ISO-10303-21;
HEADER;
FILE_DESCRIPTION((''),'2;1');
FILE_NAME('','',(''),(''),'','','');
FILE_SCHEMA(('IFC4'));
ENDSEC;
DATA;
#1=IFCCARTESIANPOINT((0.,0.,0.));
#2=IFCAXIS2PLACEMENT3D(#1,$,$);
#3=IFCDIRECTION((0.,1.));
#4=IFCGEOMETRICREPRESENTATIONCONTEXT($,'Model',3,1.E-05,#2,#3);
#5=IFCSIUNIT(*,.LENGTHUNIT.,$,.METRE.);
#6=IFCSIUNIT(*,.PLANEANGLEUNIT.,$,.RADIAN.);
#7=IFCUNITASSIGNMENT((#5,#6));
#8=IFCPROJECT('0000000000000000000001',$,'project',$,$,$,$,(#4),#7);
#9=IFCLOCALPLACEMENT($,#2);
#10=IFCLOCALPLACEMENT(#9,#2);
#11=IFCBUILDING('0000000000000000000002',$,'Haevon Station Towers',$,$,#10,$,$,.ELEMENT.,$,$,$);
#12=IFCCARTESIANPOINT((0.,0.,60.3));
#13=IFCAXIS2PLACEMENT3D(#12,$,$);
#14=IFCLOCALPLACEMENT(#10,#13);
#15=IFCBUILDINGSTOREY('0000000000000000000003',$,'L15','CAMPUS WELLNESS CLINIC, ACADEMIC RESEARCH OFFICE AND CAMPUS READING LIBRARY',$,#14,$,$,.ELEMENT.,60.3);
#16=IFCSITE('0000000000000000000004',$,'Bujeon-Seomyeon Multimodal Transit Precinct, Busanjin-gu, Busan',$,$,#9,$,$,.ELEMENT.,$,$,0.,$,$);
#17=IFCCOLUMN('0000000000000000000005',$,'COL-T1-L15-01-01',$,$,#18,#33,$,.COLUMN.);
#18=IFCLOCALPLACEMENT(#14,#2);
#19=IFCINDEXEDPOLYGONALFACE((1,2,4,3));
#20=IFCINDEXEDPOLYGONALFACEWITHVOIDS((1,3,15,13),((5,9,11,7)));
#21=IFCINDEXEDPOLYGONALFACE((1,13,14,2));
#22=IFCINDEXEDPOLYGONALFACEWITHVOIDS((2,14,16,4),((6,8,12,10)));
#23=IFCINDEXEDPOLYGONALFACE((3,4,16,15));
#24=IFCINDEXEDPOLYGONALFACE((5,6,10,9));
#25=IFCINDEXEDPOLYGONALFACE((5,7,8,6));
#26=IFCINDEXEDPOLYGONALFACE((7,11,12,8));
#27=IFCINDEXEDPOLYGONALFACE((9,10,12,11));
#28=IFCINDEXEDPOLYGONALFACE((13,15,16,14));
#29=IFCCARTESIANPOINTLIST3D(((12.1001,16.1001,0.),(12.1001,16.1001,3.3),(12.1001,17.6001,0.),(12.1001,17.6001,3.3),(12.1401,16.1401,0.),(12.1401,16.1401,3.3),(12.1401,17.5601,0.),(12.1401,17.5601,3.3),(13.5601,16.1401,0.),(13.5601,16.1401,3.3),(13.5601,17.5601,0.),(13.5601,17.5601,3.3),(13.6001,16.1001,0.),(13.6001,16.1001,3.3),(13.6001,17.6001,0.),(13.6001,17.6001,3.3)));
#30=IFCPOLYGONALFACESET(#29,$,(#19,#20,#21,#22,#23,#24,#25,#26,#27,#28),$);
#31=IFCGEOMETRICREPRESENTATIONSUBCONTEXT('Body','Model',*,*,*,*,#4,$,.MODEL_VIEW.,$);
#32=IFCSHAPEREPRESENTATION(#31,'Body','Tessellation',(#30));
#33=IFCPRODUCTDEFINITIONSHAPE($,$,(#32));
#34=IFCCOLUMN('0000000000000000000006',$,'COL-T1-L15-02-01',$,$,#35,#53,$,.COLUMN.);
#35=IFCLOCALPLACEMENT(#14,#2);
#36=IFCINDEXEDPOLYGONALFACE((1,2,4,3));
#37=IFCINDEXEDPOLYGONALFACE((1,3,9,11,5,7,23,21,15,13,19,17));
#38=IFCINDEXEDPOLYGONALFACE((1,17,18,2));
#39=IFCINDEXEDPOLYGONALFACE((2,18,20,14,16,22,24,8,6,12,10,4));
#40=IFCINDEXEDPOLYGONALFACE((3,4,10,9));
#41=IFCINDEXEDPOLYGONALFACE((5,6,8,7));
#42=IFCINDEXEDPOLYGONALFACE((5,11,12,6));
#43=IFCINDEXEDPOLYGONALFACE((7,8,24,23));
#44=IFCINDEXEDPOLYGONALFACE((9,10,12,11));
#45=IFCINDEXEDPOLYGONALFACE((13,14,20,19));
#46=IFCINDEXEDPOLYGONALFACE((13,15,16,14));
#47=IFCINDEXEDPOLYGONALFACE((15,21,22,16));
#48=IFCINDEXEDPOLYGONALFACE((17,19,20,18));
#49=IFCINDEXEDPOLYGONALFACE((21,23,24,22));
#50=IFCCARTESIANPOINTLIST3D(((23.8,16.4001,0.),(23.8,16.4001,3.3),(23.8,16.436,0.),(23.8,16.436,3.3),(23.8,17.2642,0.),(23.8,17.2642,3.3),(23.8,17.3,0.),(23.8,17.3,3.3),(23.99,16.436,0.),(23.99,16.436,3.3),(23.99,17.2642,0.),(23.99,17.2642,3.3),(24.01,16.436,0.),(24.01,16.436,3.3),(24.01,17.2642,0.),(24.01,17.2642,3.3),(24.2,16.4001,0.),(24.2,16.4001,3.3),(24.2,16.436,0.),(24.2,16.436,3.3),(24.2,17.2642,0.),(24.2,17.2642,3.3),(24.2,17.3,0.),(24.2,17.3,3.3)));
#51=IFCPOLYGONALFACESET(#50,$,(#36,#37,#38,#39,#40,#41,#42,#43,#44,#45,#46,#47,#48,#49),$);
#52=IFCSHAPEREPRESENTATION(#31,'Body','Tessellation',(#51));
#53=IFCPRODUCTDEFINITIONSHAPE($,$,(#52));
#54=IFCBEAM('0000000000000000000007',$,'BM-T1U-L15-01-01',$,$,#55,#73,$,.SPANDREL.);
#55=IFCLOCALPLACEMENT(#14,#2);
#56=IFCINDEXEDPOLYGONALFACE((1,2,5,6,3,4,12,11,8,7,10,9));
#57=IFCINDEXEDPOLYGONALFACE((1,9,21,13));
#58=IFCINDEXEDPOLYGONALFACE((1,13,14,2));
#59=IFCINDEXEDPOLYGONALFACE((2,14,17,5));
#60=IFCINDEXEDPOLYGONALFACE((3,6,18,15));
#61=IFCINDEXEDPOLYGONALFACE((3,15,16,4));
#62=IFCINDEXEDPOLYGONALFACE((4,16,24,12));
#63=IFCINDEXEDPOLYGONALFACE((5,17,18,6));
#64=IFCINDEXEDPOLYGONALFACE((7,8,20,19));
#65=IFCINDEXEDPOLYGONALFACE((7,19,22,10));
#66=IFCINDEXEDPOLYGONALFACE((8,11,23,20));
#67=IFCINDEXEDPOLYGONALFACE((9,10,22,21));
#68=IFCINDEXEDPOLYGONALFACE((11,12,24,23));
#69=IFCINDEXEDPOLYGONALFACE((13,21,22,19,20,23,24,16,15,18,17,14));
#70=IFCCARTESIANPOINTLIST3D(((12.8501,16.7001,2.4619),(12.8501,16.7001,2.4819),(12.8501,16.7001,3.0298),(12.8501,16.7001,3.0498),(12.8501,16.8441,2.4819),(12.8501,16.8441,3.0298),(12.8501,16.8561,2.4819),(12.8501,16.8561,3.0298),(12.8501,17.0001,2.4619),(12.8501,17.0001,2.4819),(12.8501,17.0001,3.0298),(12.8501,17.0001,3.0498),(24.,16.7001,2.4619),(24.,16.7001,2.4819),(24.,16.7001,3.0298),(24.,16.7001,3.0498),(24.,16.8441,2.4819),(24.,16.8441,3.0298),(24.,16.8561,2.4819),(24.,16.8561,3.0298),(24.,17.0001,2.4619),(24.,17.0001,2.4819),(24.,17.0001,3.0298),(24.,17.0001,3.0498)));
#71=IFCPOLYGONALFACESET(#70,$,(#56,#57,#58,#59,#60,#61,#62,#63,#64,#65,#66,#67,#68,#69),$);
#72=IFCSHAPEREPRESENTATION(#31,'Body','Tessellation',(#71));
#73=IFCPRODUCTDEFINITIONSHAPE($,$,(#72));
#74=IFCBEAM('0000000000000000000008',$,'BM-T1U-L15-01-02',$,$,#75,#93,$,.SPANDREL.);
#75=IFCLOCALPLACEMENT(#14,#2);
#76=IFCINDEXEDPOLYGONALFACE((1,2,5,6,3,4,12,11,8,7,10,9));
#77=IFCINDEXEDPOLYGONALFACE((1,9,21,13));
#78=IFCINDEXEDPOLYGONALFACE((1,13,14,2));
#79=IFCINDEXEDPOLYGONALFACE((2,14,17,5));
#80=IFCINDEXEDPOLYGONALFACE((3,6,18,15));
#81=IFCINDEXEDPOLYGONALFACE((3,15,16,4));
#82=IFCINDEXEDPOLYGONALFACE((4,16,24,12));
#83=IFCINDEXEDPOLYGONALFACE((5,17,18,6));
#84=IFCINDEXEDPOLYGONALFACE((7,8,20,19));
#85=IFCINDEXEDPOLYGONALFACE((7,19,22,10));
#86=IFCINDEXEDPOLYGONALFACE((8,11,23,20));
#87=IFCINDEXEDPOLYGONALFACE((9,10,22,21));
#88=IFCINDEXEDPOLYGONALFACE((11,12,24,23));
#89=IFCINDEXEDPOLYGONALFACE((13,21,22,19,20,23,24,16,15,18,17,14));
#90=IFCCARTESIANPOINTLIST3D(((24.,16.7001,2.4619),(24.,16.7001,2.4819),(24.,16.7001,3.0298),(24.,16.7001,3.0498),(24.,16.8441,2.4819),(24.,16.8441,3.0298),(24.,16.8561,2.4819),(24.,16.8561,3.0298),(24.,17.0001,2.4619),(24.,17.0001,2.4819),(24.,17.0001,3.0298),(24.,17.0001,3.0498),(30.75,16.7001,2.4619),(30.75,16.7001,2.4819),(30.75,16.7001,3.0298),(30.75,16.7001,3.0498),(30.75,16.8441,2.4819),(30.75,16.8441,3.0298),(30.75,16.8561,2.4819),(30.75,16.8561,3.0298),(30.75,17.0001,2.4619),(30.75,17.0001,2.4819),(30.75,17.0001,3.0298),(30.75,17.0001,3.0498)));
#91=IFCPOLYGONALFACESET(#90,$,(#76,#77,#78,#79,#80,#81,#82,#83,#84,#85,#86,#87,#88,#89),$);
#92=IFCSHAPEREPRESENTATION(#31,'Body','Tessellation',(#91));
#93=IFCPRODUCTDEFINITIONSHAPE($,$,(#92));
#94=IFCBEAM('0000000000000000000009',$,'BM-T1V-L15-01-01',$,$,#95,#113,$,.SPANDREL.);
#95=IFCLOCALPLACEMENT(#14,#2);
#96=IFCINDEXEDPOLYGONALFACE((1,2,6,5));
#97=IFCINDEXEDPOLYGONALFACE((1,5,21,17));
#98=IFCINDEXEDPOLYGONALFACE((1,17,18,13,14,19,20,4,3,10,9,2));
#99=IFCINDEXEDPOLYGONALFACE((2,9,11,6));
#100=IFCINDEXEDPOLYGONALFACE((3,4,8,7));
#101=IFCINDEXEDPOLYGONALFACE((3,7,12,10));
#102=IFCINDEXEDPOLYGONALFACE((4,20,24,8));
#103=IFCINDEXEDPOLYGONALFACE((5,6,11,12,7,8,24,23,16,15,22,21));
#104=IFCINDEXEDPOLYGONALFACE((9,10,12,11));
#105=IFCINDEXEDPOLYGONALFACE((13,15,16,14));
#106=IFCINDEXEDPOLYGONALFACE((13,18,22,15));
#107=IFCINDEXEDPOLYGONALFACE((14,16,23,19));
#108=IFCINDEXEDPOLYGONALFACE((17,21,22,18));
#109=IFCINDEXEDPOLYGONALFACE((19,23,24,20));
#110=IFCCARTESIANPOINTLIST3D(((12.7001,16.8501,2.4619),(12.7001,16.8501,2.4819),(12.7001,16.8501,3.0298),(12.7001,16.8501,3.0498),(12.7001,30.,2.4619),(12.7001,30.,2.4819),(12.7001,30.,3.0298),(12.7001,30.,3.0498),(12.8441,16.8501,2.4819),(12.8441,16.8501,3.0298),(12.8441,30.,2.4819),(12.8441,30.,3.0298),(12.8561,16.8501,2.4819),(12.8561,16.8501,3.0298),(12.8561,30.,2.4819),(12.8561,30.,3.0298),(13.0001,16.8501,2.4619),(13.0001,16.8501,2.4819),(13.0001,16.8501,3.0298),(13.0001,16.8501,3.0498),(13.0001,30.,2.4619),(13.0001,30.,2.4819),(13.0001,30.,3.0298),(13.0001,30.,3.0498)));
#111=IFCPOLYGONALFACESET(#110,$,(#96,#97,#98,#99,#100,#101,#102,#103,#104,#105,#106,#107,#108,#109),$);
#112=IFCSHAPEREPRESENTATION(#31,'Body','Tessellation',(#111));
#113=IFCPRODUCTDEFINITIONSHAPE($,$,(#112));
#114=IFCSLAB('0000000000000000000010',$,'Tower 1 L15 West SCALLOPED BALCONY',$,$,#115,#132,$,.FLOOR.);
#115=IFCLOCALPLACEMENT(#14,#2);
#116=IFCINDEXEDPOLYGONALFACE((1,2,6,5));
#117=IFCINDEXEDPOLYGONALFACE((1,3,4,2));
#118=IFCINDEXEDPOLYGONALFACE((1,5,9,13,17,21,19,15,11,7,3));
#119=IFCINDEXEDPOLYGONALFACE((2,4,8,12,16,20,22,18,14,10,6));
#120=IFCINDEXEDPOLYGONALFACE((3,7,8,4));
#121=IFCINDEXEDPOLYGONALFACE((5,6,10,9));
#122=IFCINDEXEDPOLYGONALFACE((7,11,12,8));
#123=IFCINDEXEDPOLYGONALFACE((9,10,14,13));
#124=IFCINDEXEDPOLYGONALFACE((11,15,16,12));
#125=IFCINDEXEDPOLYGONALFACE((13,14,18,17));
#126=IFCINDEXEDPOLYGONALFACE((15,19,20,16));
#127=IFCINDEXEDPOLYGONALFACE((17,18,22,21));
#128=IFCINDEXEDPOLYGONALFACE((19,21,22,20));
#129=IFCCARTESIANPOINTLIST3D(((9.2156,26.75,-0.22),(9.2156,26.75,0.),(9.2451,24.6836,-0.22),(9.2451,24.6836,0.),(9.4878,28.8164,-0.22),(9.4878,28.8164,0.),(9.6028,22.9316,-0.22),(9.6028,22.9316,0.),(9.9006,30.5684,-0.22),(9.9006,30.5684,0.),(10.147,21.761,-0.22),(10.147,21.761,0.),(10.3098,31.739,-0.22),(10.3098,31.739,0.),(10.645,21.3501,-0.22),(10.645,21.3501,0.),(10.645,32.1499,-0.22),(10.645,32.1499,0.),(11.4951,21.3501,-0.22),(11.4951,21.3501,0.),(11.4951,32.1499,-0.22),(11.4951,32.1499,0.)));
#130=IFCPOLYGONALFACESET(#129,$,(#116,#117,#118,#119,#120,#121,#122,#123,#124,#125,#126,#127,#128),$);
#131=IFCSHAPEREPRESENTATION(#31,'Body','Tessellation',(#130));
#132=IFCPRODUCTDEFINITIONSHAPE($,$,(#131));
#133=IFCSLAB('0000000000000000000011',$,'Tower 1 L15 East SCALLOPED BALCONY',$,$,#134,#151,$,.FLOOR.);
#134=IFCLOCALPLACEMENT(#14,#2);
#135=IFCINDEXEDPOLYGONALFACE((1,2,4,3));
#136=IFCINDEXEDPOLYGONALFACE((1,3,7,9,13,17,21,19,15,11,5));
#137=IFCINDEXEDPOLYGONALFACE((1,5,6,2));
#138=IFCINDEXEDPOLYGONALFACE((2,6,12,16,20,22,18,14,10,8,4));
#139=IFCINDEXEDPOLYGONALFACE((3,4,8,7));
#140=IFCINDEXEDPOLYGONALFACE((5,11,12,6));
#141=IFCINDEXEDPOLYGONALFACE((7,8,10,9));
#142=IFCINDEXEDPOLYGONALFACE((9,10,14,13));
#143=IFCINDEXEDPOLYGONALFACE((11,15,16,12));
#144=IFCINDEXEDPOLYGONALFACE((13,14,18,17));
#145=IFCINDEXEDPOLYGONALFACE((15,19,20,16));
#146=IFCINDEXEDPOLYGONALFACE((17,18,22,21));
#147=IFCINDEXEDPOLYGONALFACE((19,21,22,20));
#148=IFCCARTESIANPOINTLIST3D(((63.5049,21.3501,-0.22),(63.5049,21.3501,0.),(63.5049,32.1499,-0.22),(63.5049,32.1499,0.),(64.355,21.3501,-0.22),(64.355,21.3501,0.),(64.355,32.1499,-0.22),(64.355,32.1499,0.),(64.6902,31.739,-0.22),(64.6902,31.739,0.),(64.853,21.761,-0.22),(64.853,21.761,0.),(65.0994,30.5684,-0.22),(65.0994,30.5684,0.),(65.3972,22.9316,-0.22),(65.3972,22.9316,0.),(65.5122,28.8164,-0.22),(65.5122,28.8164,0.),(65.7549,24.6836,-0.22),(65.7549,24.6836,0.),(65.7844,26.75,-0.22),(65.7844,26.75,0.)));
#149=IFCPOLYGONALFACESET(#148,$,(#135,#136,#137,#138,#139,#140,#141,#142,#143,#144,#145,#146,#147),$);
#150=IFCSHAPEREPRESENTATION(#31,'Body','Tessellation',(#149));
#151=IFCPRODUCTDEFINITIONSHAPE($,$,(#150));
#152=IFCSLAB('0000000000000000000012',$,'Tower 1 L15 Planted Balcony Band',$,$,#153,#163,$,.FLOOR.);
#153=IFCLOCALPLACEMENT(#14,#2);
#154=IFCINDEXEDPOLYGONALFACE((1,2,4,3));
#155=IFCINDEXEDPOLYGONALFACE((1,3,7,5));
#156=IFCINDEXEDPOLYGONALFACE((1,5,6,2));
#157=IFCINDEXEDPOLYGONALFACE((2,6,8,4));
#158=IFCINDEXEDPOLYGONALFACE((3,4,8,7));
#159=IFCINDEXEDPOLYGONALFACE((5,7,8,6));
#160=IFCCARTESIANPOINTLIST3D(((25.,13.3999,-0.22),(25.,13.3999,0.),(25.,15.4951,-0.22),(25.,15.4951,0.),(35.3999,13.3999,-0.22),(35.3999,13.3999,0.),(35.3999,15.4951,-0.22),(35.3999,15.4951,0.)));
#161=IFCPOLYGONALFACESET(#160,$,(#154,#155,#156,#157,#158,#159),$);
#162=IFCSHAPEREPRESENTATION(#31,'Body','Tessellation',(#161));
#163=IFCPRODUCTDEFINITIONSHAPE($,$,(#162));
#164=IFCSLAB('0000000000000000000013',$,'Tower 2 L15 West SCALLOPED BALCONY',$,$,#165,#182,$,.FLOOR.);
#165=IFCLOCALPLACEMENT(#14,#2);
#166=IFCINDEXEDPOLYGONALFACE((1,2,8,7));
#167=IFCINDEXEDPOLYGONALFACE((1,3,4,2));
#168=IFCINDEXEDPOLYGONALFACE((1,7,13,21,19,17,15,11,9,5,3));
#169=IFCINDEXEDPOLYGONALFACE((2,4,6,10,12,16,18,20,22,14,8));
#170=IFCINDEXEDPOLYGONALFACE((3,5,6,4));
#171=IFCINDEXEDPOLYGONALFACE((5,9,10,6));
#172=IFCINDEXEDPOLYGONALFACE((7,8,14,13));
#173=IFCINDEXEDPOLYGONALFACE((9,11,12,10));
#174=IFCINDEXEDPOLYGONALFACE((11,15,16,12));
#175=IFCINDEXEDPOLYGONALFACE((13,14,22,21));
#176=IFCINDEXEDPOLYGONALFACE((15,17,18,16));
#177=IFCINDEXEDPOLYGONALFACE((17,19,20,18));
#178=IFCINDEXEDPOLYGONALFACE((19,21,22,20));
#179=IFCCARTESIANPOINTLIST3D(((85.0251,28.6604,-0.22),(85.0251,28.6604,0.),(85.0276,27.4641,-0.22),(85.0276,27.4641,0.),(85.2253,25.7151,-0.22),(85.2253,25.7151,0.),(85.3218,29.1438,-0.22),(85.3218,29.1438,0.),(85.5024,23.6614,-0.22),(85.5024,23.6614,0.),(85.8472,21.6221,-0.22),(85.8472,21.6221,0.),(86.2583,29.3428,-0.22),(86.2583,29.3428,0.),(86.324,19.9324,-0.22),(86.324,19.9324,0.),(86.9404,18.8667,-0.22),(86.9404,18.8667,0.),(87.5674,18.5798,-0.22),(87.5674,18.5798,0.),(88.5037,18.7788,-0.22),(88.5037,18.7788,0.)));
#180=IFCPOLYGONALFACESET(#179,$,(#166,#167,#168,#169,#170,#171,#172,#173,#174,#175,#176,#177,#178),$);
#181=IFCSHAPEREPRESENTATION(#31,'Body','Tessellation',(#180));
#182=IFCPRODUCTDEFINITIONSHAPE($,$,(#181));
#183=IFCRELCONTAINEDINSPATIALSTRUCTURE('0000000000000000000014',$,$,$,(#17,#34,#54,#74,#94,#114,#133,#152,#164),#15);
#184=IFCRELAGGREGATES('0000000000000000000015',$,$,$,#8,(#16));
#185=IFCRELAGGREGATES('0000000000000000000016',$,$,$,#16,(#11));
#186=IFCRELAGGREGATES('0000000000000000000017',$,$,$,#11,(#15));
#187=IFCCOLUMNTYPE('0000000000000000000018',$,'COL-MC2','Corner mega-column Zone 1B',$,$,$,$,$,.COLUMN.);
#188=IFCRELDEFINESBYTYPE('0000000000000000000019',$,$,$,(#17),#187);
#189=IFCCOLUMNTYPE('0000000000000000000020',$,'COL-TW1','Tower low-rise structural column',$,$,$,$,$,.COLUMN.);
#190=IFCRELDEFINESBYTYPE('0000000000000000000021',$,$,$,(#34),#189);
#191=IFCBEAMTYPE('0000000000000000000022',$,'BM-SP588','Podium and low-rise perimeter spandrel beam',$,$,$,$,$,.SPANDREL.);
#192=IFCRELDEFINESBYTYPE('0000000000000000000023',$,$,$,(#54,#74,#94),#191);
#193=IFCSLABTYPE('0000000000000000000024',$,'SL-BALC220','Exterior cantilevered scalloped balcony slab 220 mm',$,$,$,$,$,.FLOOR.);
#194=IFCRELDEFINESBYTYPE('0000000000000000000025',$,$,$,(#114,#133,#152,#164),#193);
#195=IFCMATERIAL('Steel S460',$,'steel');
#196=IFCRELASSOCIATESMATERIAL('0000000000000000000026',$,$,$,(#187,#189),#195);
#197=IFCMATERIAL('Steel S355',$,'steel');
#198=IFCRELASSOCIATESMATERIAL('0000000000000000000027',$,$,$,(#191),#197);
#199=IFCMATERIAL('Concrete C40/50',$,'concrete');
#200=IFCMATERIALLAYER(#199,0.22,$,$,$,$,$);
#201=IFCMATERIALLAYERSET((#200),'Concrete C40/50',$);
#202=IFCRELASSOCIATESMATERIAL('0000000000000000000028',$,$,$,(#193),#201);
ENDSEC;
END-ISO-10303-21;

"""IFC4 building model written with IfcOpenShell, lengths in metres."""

from ifc_helpers import new_model, si_unit, direction, frame, origin, origin_2d, place, context, subcontext, project, spatial, polyline, hollow_rectangle, i_section, outline, extrude, material, layer, layer_set, material_profile, profile_set, type_object, element, save


model = new_model("IFC4")

# Units and contexts
model_context = context("Model", 3, precision=1e-05, world=origin(), true_north=direction((0.0, 1.0)))
body_context = subcontext(model_context, "Body", "Model", "MODEL_VIEW")
ifc_project = project(units=[si_unit("LENGTHUNIT", "METRE"), si_unit("PLANEANGLEUNIT", "RADIAN")], contexts=[model_context])

# Site, building, storey
site_placement = place(None, origin())
site = spatial("IfcSite", under=ifc_project, at=site_placement, Name="Bujeon-Seomyeon Multimodal Transit Precinct, Busanjin-gu, Busan", CompositionType="ELEMENT", RefElevation=0.0)
building_placement = place(site_placement, origin())
building = spatial("IfcBuilding", under=site, at=building_placement, Name="Haevon Station Towers", CompositionType="ELEMENT")
storey_placement = place(building_placement, frame((0.0, 0.0, 60.3)))
storey = spatial("IfcBuildingStorey", under=building, at=storey_placement, Name="L15", Description="CAMPUS WELLNESS CLINIC, ACADEMIC RESEARCH OFFICE AND CAMPUS READING LIBRARY", CompositionType="ELEMENT", Elevation=60.3)

# Columns
ifc_material_1 = material(Name="Steel S460", Category="steel")
ifc_material_profile_1 = material_profile(ifc_material_1, hollow_rectangle(XDim=1.5, YDim=1.5, WallThickness=0.04, at=origin_2d()), Name="BOX-1500x1500x40")
ifc_profile_set_1 = profile_set([ifc_material_profile_1], Name="Steel S460")
column_type_1 = type_object("IfcColumnType", Name="COL-MC2", Description="Corner mega-column Zone 1B", PredefinedType="COLUMN", material=ifc_profile_set_1)
column_1_placement = place(storey_placement, frame((12.8501, 16.8501, 0.0), z_axis=(0.0, 0.0, 1.0), x_axis=(1.0, 0.0, 0.0)))
element("IfcColumn", 1, at=column_1_placement, inside=storey, type_object=column_type_1, Name="COL-T1-L15-01-01", PredefinedType="COLUMN", context=body_context, shape_type="SweptSolid", body=[
    extrude(hollow_rectangle(XDim=1.5, YDim=1.5, WallThickness=0.04, at=origin_2d()), origin(), (0.0, 0.0, 1.0), 3.3),
])
ifc_material_profile_2 = material_profile(ifc_material_1, i_section(OverallWidth=0.3999, OverallDepth=0.8999, WebThickness=0.02, FlangeThickness=0.0359, at=origin_2d()), Name="H-900x400x20x36")
ifc_profile_set_2 = profile_set([ifc_material_profile_2], Name="Steel S460")
column_type_2 = type_object("IfcColumnType", Name="COL-TW1", Description="Tower low-rise structural column", PredefinedType="COLUMN", material=ifc_profile_set_2)
column_2_placement = place(storey_placement, frame((24.0, 16.8501, 0.0), z_axis=(0.0, 0.0, 1.0), x_axis=(1.0, 0.0, 0.0)))
element("IfcColumn", 2, at=column_2_placement, inside=storey, type_object=column_type_2, Name="COL-T1-L15-02-01", PredefinedType="COLUMN", context=body_context, shape_type="SweptSolid", body=[
    extrude(i_section(OverallWidth=0.3999, OverallDepth=0.8999, WebThickness=0.02, FlangeThickness=0.0359, at=origin_2d()), origin(), (0.0, 0.0, 1.0), 3.3),
])

# Beams
ifc_material_2 = material(Name="Steel S355", Category="steel")
ifc_material_profile_3 = material_profile(ifc_material_2, i_section(OverallWidth=0.3, OverallDepth=0.5879, WebThickness=0.012, FlangeThickness=0.02, at=origin_2d()), Name="H-588x300x12x20")
ifc_profile_set_3 = profile_set([ifc_material_profile_3], Name="Steel S355")
beam_type = type_object("IfcBeamType", Name="BM-SP588", Description="Podium and low-rise perimeter spandrel beam", PredefinedType="SPANDREL", material=ifc_profile_set_3)
beam_1_placement = place(storey_placement, frame((12.8501, 16.8501, 2.7559), z_axis=(1.0, 0.0, 0.0), x_axis=(0.0, 1.0, 0.0)))
element("IfcBeam", 3, at=beam_1_placement, inside=storey, type_object=beam_type, Name="BM-T1U-L15-01-01", PredefinedType="SPANDREL", context=body_context, shape_type="SweptSolid", body=[
    extrude(i_section(OverallWidth=0.3, OverallDepth=0.5879, WebThickness=0.012, FlangeThickness=0.02, at=origin_2d()), origin(), (0.0, 0.0, 1.0), 11.1499),
])
beam_2_placement = place(storey_placement, frame((24.0, 16.8501, 2.7559), z_axis=(1.0, 0.0, 0.0), x_axis=(0.0, 1.0, 0.0)))
element("IfcBeam", 4, at=beam_2_placement, inside=storey, type_object=beam_type, Name="BM-T1U-L15-01-02", PredefinedType="SPANDREL", context=body_context, shape_type="SweptSolid", body=[
    extrude(i_section(OverallWidth=0.3, OverallDepth=0.5879, WebThickness=0.012, FlangeThickness=0.02, at=origin_2d()), origin(), (0.0, 0.0, 1.0), 6.75),
])
beam_3_placement = place(storey_placement, frame((12.8501, 16.8501, 2.7559), z_axis=(0.0, 1.0, 0.0), x_axis=(-1.0, 0.0, 0.0)))
element("IfcBeam", 5, at=beam_3_placement, inside=storey, type_object=beam_type, Name="BM-T1V-L15-01-01", PredefinedType="SPANDREL", context=body_context, shape_type="SweptSolid", body=[
    extrude(i_section(OverallWidth=0.3, OverallDepth=0.5879, WebThickness=0.012, FlangeThickness=0.02, at=origin_2d()), origin(), (0.0, 0.0, 1.0), 13.1499),
])

# Slabs
ifc_material_3 = material(Name="Concrete C40/50", Category="concrete")
ifc_layer_1 = layer(ifc_material_3, 0.22)
ifc_layer_set_1 = layer_set([ifc_layer_1], Name="Concrete C40/50")
slab_type_1 = type_object("IfcSlabType", Name="SL-BALC220", Description="Exterior cantilevered scalloped balcony slab 220 mm", PredefinedType="FLOOR", material=ifc_layer_set_1)
slab_1_placement = place(storey_placement, frame((0.0, 0.0, -0.22)))
element("IfcSlab", 6, at=slab_1_placement, inside=storey, type_object=slab_type_1, Name="Tower 1 L15 West SCALLOPED BALCONY", PredefinedType="FLOOR", context=body_context, shape_type="SweptSolid", body=[
    extrude(outline(polyline([(11.4951, 32.1499), (10.645, 32.1499), (10.3098, 31.739), (9.9006, 30.5684), (9.4878, 28.8164), (9.2156, 26.75), (9.2451, 24.6836), (9.6028, 22.9316), (10.147, 21.761), (10.645, 21.3501), (11.4951, 21.3501), (11.4951, 32.1499)])), origin(), (0.0, 0.0, 1.0), 0.22),
])
slab_2_placement = place(storey_placement, frame((0.0, 0.0, -0.22)))
element("IfcSlab", 7, at=slab_2_placement, inside=storey, type_object=slab_type_1, Name="Tower 1 L15 East SCALLOPED BALCONY", PredefinedType="FLOOR", context=body_context, shape_type="SweptSolid", body=[
    extrude(outline(polyline([(63.5049, 21.3501), (64.355, 21.3501), (64.853, 21.761), (65.3972, 22.9316), (65.7549, 24.6836), (65.7844, 26.75), (65.5122, 28.8164), (65.0994, 30.5684), (64.6902, 31.739), (64.355, 32.1499), (63.5049, 32.1499), (63.5049, 21.3501)])), origin(), (0.0, 0.0, 1.0), 0.22),
])
slab_3_placement = place(storey_placement, frame((0.0, 0.0, -0.22)))
element("IfcSlab", 8, at=slab_3_placement, inside=storey, type_object=slab_type_1, Name="Tower 1 L15 Planted Balcony Band", PredefinedType="FLOOR", context=body_context, shape_type="SweptSolid", body=[
    extrude(outline(polyline([(25.0, 13.3999), (35.3999, 13.3999), (35.3999, 15.4951), (25.0, 15.4951), (25.0, 13.3999)])), origin(), (0.0, 0.0, 1.0), 0.22),
])
slab_4_placement = place(storey_placement, frame((0.0, 0.0, -0.22)))
element("IfcSlab", 9, at=slab_4_placement, inside=storey, type_object=slab_type_1, Name="Tower 2 L15 West SCALLOPED BALCONY", PredefinedType="FLOOR", context=body_context, shape_type="SweptSolid", body=[
    extrude(outline(polyline([(86.2583, 29.3428), (85.3218, 29.1438), (85.0251, 28.6604), (85.0276, 27.4641), (85.2253, 25.7151), (85.5024, 23.6614), (85.8472, 21.6221), (86.324, 19.9324), (86.9404, 18.8667), (87.5674, 18.5798), (88.5037, 18.7788), (86.2583, 29.3428)])), origin(), (0.0, 0.0, 1.0), 0.22),
])

save(model, "model.ifc")
